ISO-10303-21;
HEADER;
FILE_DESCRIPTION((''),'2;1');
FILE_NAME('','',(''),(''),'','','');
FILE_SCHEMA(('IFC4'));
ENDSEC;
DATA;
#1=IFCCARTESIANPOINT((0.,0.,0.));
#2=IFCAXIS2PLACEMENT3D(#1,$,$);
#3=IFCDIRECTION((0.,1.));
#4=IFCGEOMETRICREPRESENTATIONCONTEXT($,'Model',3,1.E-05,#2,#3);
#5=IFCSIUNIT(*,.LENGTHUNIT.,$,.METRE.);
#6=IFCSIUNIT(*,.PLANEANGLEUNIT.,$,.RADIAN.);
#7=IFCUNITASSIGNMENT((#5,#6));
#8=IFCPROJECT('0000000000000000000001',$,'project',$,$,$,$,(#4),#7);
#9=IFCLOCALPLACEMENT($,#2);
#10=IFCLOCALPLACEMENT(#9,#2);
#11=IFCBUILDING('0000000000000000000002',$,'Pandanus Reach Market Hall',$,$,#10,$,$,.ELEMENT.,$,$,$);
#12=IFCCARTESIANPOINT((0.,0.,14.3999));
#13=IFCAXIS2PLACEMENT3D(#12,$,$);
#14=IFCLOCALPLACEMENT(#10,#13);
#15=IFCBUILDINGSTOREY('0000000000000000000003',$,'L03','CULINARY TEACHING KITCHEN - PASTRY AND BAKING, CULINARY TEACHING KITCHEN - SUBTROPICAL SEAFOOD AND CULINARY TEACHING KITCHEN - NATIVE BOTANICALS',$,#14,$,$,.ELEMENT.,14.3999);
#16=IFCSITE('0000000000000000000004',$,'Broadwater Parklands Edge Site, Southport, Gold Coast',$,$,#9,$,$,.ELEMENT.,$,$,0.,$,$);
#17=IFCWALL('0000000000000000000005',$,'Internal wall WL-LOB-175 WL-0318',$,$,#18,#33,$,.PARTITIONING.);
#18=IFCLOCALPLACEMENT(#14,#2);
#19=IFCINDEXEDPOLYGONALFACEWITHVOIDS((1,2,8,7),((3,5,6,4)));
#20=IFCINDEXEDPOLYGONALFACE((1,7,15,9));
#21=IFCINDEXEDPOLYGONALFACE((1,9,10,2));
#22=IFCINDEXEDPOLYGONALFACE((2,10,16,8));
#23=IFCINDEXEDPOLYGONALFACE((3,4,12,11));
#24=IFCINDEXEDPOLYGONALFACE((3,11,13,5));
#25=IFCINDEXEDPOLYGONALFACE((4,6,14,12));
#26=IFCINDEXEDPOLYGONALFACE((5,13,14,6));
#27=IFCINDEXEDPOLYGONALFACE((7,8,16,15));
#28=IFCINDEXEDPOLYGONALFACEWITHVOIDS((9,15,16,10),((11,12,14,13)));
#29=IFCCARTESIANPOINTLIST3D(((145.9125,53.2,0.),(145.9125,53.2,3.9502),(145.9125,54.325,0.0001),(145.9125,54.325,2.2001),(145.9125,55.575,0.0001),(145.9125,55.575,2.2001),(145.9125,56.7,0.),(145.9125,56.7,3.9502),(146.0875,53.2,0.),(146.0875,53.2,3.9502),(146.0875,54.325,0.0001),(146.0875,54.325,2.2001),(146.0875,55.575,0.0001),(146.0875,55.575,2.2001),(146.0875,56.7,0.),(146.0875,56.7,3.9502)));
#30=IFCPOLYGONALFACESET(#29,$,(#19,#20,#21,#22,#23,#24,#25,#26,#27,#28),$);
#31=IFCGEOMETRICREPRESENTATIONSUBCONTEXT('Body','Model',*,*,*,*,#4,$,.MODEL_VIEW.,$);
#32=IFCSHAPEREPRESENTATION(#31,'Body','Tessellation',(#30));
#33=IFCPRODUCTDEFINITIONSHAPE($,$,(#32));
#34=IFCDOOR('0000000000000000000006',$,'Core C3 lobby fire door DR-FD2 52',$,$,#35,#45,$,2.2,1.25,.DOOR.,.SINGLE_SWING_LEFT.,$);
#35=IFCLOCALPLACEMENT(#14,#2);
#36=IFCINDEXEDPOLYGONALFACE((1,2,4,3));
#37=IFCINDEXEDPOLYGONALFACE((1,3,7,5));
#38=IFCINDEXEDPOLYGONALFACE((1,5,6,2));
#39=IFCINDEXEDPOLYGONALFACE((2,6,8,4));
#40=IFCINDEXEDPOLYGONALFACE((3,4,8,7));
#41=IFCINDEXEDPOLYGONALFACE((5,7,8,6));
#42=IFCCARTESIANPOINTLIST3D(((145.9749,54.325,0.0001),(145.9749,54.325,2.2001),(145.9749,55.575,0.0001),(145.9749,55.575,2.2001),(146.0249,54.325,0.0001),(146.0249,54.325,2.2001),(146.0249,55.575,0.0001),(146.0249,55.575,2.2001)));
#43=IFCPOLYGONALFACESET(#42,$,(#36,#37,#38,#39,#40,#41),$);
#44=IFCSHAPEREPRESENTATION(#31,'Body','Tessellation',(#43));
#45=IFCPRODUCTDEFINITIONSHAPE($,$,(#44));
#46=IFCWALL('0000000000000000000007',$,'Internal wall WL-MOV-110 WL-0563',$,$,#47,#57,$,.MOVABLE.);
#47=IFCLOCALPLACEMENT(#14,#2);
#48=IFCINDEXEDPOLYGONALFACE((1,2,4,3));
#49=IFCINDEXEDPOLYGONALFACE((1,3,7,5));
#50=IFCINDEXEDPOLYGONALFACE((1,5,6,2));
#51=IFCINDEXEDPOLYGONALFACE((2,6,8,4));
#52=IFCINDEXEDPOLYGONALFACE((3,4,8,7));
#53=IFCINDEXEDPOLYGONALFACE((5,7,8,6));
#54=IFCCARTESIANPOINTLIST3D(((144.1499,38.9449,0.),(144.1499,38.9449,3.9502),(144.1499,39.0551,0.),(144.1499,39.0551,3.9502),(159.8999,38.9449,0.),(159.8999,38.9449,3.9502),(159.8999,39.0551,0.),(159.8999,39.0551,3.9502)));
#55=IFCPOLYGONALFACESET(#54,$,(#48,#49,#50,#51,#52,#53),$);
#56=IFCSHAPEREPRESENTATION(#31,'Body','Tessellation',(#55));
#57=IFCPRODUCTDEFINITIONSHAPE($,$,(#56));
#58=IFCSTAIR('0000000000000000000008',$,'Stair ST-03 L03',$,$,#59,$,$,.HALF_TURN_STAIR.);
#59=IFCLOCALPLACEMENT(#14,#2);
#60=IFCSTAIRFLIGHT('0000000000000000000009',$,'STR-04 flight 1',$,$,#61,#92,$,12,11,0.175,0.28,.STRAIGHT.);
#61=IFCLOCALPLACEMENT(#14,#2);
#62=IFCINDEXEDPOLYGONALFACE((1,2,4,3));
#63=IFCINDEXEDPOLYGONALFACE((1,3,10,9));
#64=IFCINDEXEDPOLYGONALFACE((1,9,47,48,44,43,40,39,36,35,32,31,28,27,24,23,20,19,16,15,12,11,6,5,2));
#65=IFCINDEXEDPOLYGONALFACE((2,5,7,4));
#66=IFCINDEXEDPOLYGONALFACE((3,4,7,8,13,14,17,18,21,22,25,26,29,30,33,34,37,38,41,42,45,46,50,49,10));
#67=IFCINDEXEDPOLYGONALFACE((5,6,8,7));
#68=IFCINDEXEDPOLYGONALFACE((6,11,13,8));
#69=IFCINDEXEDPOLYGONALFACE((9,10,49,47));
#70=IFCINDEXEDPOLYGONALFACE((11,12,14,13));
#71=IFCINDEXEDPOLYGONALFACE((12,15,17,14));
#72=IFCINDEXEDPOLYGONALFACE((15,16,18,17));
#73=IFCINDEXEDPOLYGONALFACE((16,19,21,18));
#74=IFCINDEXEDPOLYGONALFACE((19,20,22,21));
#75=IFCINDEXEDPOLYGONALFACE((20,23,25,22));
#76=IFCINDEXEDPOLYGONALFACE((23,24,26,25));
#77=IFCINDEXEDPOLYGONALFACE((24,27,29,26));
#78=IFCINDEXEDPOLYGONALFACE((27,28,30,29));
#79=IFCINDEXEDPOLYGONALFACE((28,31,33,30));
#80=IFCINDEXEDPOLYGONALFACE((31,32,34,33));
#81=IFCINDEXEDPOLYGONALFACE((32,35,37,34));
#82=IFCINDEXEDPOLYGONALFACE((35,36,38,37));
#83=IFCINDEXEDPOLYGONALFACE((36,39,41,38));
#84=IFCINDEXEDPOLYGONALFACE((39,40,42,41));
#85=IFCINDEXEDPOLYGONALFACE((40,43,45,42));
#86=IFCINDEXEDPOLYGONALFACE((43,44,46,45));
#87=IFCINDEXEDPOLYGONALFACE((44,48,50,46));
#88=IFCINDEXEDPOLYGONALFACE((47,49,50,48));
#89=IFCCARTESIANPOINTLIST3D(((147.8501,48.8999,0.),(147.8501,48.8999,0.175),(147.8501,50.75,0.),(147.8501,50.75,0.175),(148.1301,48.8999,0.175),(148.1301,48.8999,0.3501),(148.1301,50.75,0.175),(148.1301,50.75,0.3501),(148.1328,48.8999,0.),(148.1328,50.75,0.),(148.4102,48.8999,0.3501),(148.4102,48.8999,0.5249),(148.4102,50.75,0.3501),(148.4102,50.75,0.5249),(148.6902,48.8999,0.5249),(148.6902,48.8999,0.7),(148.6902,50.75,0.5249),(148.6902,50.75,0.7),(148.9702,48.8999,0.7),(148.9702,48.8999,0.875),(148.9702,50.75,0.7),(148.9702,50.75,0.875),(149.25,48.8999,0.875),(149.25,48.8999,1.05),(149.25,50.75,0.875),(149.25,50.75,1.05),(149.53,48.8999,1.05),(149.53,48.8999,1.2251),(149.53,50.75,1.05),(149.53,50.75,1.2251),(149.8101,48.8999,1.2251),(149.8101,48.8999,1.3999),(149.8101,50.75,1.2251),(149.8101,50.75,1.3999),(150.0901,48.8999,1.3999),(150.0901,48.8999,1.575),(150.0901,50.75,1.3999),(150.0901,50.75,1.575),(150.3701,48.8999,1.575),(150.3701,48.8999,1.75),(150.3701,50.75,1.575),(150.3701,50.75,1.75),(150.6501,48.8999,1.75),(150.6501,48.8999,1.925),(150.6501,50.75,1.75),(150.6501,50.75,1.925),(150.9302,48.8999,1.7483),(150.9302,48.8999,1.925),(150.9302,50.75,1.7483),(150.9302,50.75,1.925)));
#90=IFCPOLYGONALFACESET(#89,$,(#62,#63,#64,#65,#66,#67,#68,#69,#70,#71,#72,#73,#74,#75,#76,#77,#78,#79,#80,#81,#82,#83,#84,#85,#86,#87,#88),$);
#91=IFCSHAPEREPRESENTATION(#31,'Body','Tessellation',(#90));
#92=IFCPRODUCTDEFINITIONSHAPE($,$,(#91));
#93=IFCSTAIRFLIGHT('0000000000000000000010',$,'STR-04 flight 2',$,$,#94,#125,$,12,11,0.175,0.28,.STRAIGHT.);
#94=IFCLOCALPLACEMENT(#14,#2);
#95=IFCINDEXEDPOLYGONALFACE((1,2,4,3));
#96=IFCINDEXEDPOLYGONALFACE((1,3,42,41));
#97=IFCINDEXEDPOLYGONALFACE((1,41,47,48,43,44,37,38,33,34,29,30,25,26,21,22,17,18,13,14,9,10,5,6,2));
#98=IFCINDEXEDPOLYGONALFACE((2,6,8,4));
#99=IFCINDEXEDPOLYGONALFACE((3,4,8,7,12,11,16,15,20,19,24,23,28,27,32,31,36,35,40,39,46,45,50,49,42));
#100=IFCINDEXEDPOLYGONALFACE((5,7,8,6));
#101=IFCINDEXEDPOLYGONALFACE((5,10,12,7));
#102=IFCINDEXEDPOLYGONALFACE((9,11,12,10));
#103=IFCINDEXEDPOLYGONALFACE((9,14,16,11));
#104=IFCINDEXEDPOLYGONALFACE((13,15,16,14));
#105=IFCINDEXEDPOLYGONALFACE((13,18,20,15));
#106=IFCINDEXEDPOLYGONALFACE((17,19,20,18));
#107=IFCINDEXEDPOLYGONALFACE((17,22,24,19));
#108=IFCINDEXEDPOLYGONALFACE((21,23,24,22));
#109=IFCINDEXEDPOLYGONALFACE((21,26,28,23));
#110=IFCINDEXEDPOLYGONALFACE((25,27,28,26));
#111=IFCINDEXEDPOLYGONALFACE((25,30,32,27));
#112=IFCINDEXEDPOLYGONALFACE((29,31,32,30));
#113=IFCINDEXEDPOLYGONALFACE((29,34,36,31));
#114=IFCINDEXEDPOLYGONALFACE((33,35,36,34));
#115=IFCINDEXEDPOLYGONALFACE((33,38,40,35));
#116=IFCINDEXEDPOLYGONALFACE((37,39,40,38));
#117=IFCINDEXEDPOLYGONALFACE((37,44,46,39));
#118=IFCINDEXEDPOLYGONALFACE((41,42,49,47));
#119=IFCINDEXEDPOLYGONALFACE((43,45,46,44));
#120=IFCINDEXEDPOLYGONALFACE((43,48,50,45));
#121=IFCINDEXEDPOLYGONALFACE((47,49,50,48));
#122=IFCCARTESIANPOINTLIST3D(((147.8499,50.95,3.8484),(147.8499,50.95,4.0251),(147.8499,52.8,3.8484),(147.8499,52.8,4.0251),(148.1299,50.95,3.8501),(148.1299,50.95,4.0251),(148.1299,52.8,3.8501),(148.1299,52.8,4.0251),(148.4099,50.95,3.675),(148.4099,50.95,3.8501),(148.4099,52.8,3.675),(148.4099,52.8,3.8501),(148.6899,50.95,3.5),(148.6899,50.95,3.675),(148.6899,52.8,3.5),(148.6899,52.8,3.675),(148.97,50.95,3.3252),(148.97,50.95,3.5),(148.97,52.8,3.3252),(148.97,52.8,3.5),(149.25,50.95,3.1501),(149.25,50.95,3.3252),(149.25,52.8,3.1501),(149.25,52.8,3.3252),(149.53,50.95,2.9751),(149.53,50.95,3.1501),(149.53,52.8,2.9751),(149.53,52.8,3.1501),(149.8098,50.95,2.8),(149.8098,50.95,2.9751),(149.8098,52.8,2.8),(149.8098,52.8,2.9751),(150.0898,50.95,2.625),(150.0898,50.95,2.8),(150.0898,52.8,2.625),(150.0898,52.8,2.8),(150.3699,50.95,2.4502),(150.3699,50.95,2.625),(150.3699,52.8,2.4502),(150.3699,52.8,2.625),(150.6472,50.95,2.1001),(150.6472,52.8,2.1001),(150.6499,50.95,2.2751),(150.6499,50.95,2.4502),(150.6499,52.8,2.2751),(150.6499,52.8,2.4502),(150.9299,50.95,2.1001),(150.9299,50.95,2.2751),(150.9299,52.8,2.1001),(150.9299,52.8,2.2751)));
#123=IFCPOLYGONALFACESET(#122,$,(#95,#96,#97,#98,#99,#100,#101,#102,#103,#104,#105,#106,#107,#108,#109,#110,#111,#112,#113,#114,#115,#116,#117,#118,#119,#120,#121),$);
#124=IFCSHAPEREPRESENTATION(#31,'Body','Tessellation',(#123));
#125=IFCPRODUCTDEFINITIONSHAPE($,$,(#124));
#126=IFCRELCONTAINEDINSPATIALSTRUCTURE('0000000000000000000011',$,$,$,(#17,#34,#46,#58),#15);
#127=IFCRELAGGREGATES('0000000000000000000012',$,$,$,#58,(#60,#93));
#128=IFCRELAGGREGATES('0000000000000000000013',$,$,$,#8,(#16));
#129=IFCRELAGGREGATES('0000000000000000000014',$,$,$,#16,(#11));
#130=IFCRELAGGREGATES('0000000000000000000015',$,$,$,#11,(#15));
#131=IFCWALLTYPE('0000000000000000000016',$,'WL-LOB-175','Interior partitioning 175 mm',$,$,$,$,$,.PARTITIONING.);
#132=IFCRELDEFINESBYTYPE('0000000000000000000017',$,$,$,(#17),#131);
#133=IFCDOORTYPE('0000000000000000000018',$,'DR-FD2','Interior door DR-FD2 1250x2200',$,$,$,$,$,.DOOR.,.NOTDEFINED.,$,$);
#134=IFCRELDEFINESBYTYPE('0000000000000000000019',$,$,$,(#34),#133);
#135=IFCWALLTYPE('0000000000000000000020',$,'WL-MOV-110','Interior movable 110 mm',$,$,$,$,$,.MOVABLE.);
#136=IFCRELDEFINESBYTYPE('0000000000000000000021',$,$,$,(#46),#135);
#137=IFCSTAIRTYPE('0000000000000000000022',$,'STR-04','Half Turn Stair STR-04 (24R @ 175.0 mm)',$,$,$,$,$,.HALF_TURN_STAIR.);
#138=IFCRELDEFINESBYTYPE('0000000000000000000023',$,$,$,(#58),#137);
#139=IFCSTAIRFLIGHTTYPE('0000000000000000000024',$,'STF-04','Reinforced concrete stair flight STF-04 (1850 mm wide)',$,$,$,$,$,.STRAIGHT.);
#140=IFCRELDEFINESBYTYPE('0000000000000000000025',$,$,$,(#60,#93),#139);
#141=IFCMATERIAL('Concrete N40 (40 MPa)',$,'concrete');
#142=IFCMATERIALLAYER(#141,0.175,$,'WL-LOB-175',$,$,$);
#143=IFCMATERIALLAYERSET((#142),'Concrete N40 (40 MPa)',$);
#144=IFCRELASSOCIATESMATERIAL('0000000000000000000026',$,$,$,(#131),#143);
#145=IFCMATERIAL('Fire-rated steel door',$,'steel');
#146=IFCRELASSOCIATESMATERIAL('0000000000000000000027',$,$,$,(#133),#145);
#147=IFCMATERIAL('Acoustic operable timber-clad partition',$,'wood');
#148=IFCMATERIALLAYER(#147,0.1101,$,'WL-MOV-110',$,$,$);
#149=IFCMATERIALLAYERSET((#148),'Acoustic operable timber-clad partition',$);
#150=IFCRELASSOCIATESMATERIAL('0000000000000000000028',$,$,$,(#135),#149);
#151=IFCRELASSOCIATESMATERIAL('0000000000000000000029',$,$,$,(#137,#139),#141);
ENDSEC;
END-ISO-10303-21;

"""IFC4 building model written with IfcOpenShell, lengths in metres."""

from ifc_helpers import new_model, si_unit, direction, frame, frame_2d, origin, place, context, subcontext, project, spatial, polyline, rectangle, outline, extrude, material, layer, layer_set, type_object, element, fill, aggregate, save


model = new_model("IFC4")

# Units and contexts
model_context = context("Model", 3, precision=1e-05, world=origin(), true_north=direction((0.0, 1.0)))
body_context = subcontext(model_context, "Body", "Model", "MODEL_VIEW")
ifc_project = project(units=[si_unit("LENGTHUNIT", "METRE"), si_unit("PLANEANGLEUNIT", "RADIAN")], contexts=[model_context])

# Site, building, storey
site_placement = place(None, origin())
site = spatial("IfcSite", under=ifc_project, at=site_placement, Name="Broadwater Parklands Edge Site, Southport, Gold Coast", CompositionType="ELEMENT", RefElevation=0.0)
building_placement = place(site_placement, origin())
building = spatial("IfcBuilding", under=site, at=building_placement, Name="Pandanus Reach Market Hall", CompositionType="ELEMENT")
storey_placement = place(building_placement, frame((0.0, 0.0, 14.3999)))
storey = spatial("IfcBuildingStorey", under=building, at=storey_placement, Name="L03", Description="CULINARY TEACHING KITCHEN - PASTRY AND BAKING, CULINARY TEACHING KITCHEN - SUBTROPICAL SEAFOOD AND CULINARY TEACHING KITCHEN - NATIVE BOTANICALS", CompositionType="ELEMENT", Elevation=14.3999)

# Shared definitions
ifc_material_1 = material(Name="Concrete N40 (40 MPa)", Category="concrete")

# Shared definitions
ifc_material_2 = material(Name="Fire-rated steel door", Category="steel")

# Wall, opening, door
ifc_layer_1 = layer(ifc_material_1, 0.175, Name="WL-LOB-175")
ifc_layer_set_1 = layer_set([ifc_layer_1], Name="Concrete N40 (40 MPa)")
wall_type_1 = type_object("IfcWallType", Name="WL-LOB-175", Description="Interior partitioning 175 mm", PredefinedType="PARTITIONING", material=ifc_layer_set_1)
wall_1_placement = place(storey_placement, frame((146.0, 53.2, 0.0), z_axis=(0.0, 0.0, 1.0), x_axis=(0.0, 1.0, 0.0)))
wall_1 = element("IfcWall", 1, at=wall_1_placement, inside=storey, type_object=wall_type_1, Name="Internal wall WL-LOB-175 WL-0318", PredefinedType="PARTITIONING", context=body_context, shape_type="SweptSolid", body=[
    extrude(rectangle(XDim=3.5, YDim=0.175, at=frame_2d((1.75, 0.0))), origin(), (0.0, 0.0, 1.0), 3.9502),
])
opening_1_placement = place(wall_1_placement, frame((1.125, 0.0, 0.0)))
opening_1 = element("IfcOpeningElement", 2, at=opening_1_placement, cuts=wall_1, PredefinedType="OPENING", context=body_context, shape_type="SweptSolid", body=[
    extrude(rectangle(XDim=1.25, YDim=2.2, at=frame_2d((0.625, 1.1001))), frame((0.0, 0.1025, 0.0), z_axis=(0.0, -1.0, 0.0), x_axis=(1.0, 0.0, 0.0)), (0.0, 0.0, 1.0), 0.2051),
])
door_type_1 = type_object("IfcDoorType", Name="DR-FD2", Description="Interior door DR-FD2 1250x2200", OperationType="NOTDEFINED", PredefinedType="DOOR", material=ifc_material_2)
door_1_placement = place(opening_1_placement, frame((1.25, 0.0, 0.0), z_axis=(0.0, 0.0, 1.0), x_axis=(-1.0, 0.0, 0.0)))
door_1 = element("IfcDoor", 3, at=door_1_placement, inside=storey, type_object=door_type_1, Name="Core C3 lobby fire door DR-FD2 52", OperationType="SINGLE_SWING_LEFT", OverallHeight=2.2, OverallWidth=1.25, PredefinedType="DOOR", context=body_context, shape_type="SweptSolid", body=[
    extrude(rectangle(XDim=1.25, YDim=2.2, at=frame_2d((0.625, 1.1001))), frame((0.0, 0.0249, 0.0), z_axis=(0.0, -1.0, 0.0), x_axis=(1.0, 0.0, 0.0)), (0.0, 0.0, 1.0), 0.05),
])
fill(opening_1, door_1)

# Wall
ifc_material_3 = material(Name="Acoustic operable timber-clad partition", Category="wood")
ifc_layer_2 = layer(ifc_material_3, 0.1101, Name="WL-MOV-110")
ifc_layer_set_2 = layer_set([ifc_layer_2], Name="Acoustic operable timber-clad partition")
wall_type_2 = type_object("IfcWallType", Name="WL-MOV-110", Description="Interior movable 110 mm", PredefinedType="MOVABLE", material=ifc_layer_set_2)
wall_2_placement = place(storey_placement, frame((144.1499, 39.0, 0.0), z_axis=(0.0, 0.0, 1.0), x_axis=(1.0, 0.0, 0.0)))
element("IfcWall", 4, at=wall_2_placement, inside=storey, type_object=wall_type_2, Name="Internal wall WL-MOV-110 WL-0563", PredefinedType="MOVABLE", context=body_context, shape_type="SweptSolid", body=[
    extrude(rectangle(XDim=15.75, YDim=0.1101, at=frame_2d((7.875, 0.0))), origin(), (0.0, 0.0, 1.0), 3.9502),
])

# Stair, stair flights
stair_type = type_object("IfcStairType", Name="STR-04", Description="Half Turn Stair STR-04 (24R @ 175.0 mm)", PredefinedType="HALF_TURN_STAIR", material=ifc_material_1)
stair_placement = place(storey_placement, origin())
stair = element("IfcStair", 5, at=stair_placement, inside=storey, type_object=stair_type, Name="Stair ST-03 L03", PredefinedType="HALF_TURN_STAIR")
stair_flight_type = type_object("IfcStairFlightType", Name="STF-04", Description="Reinforced concrete stair flight STF-04 (1850 mm wide)", PredefinedType="STRAIGHT", material=ifc_material_1)
stair_flight_1_placement = place(storey_placement, frame((147.8501, 49.825, 0.0), z_axis=(0.0, 0.0, 1.0), x_axis=(1.0, 0.0, 0.0)))
stair_flight_1 = element("IfcStairFlight", 6, at=stair_flight_1_placement, type_object=stair_flight_type, Name="STR-04 flight 1", NumberOfRisers=12, NumberOfTreads=11, PredefinedType="STRAIGHT", RiserHeight=0.175, TreadLength=0.28, context=body_context, shape_type="SweptSolid", body=[
    extrude(outline(polyline([(0.0, 0.0), (0.0, 0.175), (0.28, 0.175), (0.28, 0.3501), (0.5601, 0.3501), (0.5601, 0.5249), (0.8401, 0.5249), (0.8401, 0.7), (1.1201, 0.7), (1.1201, 0.875), (1.3999, 0.875), (1.3999, 1.05), (1.6799, 1.05), (1.6799, 1.2251), (1.96, 1.2251), (1.96, 1.3999), (2.24, 1.3999), (2.24, 1.575), (2.52, 1.575), (2.52, 1.75), (2.8, 1.75), (2.8, 1.925), (3.0801, 1.925), (3.0801, 2.1001), (3.0801, 1.7483), (0.2827, 0.0), (0.0, 0.0)])), frame((0.0, 0.925, 0.0), z_axis=(0.0, -1.0, 0.0), x_axis=(1.0, 0.0, 0.0)), (0.0, 0.0, 1.0), 1.8501),
])
stair_flight_2_placement = place(storey_placement, frame((150.9299, 51.875, 2.1001), z_axis=(0.0, 0.0, 1.0), x_axis=(-1.0, 0.0, 0.0)))
stair_flight_2 = element("IfcStairFlight", 7, at=stair_flight_2_placement, type_object=stair_flight_type, Name="STR-04 flight 2", NumberOfRisers=12, NumberOfTreads=11, PredefinedType="STRAIGHT", RiserHeight=0.175, TreadLength=0.28, context=body_context, shape_type="SweptSolid", body=[
    extrude(outline(polyline([(0.0, 0.0), (0.0, 0.175), (0.28, 0.175), (0.28, 0.3501), (0.5601, 0.3501), (0.5601, 0.5249), (0.8401, 0.5249), (0.8401, 0.7), (1.1201, 0.7), (1.1201, 0.875), (1.3999, 0.875), (1.3999, 1.05), (1.6799, 1.05), (1.6799, 1.2251), (1.96, 1.2251), (1.96, 1.3999), (2.24, 1.3999), (2.24, 1.575), (2.52, 1.575), (2.52, 1.75), (2.8, 1.75), (2.8, 1.925), (3.0801, 1.925), (3.0801, 2.1001), (3.0801, 1.7483), (0.2827, 0.0), (0.0, 0.0)])), frame((0.0, 0.925, 0.0), z_axis=(0.0, -1.0, 0.0), x_axis=(1.0, 0.0, 0.0)), (0.0, 0.0, 1.0), 1.8501),
])
aggregate(stair, [stair_flight_1, stair_flight_2])

save(model, "model.ifc")
